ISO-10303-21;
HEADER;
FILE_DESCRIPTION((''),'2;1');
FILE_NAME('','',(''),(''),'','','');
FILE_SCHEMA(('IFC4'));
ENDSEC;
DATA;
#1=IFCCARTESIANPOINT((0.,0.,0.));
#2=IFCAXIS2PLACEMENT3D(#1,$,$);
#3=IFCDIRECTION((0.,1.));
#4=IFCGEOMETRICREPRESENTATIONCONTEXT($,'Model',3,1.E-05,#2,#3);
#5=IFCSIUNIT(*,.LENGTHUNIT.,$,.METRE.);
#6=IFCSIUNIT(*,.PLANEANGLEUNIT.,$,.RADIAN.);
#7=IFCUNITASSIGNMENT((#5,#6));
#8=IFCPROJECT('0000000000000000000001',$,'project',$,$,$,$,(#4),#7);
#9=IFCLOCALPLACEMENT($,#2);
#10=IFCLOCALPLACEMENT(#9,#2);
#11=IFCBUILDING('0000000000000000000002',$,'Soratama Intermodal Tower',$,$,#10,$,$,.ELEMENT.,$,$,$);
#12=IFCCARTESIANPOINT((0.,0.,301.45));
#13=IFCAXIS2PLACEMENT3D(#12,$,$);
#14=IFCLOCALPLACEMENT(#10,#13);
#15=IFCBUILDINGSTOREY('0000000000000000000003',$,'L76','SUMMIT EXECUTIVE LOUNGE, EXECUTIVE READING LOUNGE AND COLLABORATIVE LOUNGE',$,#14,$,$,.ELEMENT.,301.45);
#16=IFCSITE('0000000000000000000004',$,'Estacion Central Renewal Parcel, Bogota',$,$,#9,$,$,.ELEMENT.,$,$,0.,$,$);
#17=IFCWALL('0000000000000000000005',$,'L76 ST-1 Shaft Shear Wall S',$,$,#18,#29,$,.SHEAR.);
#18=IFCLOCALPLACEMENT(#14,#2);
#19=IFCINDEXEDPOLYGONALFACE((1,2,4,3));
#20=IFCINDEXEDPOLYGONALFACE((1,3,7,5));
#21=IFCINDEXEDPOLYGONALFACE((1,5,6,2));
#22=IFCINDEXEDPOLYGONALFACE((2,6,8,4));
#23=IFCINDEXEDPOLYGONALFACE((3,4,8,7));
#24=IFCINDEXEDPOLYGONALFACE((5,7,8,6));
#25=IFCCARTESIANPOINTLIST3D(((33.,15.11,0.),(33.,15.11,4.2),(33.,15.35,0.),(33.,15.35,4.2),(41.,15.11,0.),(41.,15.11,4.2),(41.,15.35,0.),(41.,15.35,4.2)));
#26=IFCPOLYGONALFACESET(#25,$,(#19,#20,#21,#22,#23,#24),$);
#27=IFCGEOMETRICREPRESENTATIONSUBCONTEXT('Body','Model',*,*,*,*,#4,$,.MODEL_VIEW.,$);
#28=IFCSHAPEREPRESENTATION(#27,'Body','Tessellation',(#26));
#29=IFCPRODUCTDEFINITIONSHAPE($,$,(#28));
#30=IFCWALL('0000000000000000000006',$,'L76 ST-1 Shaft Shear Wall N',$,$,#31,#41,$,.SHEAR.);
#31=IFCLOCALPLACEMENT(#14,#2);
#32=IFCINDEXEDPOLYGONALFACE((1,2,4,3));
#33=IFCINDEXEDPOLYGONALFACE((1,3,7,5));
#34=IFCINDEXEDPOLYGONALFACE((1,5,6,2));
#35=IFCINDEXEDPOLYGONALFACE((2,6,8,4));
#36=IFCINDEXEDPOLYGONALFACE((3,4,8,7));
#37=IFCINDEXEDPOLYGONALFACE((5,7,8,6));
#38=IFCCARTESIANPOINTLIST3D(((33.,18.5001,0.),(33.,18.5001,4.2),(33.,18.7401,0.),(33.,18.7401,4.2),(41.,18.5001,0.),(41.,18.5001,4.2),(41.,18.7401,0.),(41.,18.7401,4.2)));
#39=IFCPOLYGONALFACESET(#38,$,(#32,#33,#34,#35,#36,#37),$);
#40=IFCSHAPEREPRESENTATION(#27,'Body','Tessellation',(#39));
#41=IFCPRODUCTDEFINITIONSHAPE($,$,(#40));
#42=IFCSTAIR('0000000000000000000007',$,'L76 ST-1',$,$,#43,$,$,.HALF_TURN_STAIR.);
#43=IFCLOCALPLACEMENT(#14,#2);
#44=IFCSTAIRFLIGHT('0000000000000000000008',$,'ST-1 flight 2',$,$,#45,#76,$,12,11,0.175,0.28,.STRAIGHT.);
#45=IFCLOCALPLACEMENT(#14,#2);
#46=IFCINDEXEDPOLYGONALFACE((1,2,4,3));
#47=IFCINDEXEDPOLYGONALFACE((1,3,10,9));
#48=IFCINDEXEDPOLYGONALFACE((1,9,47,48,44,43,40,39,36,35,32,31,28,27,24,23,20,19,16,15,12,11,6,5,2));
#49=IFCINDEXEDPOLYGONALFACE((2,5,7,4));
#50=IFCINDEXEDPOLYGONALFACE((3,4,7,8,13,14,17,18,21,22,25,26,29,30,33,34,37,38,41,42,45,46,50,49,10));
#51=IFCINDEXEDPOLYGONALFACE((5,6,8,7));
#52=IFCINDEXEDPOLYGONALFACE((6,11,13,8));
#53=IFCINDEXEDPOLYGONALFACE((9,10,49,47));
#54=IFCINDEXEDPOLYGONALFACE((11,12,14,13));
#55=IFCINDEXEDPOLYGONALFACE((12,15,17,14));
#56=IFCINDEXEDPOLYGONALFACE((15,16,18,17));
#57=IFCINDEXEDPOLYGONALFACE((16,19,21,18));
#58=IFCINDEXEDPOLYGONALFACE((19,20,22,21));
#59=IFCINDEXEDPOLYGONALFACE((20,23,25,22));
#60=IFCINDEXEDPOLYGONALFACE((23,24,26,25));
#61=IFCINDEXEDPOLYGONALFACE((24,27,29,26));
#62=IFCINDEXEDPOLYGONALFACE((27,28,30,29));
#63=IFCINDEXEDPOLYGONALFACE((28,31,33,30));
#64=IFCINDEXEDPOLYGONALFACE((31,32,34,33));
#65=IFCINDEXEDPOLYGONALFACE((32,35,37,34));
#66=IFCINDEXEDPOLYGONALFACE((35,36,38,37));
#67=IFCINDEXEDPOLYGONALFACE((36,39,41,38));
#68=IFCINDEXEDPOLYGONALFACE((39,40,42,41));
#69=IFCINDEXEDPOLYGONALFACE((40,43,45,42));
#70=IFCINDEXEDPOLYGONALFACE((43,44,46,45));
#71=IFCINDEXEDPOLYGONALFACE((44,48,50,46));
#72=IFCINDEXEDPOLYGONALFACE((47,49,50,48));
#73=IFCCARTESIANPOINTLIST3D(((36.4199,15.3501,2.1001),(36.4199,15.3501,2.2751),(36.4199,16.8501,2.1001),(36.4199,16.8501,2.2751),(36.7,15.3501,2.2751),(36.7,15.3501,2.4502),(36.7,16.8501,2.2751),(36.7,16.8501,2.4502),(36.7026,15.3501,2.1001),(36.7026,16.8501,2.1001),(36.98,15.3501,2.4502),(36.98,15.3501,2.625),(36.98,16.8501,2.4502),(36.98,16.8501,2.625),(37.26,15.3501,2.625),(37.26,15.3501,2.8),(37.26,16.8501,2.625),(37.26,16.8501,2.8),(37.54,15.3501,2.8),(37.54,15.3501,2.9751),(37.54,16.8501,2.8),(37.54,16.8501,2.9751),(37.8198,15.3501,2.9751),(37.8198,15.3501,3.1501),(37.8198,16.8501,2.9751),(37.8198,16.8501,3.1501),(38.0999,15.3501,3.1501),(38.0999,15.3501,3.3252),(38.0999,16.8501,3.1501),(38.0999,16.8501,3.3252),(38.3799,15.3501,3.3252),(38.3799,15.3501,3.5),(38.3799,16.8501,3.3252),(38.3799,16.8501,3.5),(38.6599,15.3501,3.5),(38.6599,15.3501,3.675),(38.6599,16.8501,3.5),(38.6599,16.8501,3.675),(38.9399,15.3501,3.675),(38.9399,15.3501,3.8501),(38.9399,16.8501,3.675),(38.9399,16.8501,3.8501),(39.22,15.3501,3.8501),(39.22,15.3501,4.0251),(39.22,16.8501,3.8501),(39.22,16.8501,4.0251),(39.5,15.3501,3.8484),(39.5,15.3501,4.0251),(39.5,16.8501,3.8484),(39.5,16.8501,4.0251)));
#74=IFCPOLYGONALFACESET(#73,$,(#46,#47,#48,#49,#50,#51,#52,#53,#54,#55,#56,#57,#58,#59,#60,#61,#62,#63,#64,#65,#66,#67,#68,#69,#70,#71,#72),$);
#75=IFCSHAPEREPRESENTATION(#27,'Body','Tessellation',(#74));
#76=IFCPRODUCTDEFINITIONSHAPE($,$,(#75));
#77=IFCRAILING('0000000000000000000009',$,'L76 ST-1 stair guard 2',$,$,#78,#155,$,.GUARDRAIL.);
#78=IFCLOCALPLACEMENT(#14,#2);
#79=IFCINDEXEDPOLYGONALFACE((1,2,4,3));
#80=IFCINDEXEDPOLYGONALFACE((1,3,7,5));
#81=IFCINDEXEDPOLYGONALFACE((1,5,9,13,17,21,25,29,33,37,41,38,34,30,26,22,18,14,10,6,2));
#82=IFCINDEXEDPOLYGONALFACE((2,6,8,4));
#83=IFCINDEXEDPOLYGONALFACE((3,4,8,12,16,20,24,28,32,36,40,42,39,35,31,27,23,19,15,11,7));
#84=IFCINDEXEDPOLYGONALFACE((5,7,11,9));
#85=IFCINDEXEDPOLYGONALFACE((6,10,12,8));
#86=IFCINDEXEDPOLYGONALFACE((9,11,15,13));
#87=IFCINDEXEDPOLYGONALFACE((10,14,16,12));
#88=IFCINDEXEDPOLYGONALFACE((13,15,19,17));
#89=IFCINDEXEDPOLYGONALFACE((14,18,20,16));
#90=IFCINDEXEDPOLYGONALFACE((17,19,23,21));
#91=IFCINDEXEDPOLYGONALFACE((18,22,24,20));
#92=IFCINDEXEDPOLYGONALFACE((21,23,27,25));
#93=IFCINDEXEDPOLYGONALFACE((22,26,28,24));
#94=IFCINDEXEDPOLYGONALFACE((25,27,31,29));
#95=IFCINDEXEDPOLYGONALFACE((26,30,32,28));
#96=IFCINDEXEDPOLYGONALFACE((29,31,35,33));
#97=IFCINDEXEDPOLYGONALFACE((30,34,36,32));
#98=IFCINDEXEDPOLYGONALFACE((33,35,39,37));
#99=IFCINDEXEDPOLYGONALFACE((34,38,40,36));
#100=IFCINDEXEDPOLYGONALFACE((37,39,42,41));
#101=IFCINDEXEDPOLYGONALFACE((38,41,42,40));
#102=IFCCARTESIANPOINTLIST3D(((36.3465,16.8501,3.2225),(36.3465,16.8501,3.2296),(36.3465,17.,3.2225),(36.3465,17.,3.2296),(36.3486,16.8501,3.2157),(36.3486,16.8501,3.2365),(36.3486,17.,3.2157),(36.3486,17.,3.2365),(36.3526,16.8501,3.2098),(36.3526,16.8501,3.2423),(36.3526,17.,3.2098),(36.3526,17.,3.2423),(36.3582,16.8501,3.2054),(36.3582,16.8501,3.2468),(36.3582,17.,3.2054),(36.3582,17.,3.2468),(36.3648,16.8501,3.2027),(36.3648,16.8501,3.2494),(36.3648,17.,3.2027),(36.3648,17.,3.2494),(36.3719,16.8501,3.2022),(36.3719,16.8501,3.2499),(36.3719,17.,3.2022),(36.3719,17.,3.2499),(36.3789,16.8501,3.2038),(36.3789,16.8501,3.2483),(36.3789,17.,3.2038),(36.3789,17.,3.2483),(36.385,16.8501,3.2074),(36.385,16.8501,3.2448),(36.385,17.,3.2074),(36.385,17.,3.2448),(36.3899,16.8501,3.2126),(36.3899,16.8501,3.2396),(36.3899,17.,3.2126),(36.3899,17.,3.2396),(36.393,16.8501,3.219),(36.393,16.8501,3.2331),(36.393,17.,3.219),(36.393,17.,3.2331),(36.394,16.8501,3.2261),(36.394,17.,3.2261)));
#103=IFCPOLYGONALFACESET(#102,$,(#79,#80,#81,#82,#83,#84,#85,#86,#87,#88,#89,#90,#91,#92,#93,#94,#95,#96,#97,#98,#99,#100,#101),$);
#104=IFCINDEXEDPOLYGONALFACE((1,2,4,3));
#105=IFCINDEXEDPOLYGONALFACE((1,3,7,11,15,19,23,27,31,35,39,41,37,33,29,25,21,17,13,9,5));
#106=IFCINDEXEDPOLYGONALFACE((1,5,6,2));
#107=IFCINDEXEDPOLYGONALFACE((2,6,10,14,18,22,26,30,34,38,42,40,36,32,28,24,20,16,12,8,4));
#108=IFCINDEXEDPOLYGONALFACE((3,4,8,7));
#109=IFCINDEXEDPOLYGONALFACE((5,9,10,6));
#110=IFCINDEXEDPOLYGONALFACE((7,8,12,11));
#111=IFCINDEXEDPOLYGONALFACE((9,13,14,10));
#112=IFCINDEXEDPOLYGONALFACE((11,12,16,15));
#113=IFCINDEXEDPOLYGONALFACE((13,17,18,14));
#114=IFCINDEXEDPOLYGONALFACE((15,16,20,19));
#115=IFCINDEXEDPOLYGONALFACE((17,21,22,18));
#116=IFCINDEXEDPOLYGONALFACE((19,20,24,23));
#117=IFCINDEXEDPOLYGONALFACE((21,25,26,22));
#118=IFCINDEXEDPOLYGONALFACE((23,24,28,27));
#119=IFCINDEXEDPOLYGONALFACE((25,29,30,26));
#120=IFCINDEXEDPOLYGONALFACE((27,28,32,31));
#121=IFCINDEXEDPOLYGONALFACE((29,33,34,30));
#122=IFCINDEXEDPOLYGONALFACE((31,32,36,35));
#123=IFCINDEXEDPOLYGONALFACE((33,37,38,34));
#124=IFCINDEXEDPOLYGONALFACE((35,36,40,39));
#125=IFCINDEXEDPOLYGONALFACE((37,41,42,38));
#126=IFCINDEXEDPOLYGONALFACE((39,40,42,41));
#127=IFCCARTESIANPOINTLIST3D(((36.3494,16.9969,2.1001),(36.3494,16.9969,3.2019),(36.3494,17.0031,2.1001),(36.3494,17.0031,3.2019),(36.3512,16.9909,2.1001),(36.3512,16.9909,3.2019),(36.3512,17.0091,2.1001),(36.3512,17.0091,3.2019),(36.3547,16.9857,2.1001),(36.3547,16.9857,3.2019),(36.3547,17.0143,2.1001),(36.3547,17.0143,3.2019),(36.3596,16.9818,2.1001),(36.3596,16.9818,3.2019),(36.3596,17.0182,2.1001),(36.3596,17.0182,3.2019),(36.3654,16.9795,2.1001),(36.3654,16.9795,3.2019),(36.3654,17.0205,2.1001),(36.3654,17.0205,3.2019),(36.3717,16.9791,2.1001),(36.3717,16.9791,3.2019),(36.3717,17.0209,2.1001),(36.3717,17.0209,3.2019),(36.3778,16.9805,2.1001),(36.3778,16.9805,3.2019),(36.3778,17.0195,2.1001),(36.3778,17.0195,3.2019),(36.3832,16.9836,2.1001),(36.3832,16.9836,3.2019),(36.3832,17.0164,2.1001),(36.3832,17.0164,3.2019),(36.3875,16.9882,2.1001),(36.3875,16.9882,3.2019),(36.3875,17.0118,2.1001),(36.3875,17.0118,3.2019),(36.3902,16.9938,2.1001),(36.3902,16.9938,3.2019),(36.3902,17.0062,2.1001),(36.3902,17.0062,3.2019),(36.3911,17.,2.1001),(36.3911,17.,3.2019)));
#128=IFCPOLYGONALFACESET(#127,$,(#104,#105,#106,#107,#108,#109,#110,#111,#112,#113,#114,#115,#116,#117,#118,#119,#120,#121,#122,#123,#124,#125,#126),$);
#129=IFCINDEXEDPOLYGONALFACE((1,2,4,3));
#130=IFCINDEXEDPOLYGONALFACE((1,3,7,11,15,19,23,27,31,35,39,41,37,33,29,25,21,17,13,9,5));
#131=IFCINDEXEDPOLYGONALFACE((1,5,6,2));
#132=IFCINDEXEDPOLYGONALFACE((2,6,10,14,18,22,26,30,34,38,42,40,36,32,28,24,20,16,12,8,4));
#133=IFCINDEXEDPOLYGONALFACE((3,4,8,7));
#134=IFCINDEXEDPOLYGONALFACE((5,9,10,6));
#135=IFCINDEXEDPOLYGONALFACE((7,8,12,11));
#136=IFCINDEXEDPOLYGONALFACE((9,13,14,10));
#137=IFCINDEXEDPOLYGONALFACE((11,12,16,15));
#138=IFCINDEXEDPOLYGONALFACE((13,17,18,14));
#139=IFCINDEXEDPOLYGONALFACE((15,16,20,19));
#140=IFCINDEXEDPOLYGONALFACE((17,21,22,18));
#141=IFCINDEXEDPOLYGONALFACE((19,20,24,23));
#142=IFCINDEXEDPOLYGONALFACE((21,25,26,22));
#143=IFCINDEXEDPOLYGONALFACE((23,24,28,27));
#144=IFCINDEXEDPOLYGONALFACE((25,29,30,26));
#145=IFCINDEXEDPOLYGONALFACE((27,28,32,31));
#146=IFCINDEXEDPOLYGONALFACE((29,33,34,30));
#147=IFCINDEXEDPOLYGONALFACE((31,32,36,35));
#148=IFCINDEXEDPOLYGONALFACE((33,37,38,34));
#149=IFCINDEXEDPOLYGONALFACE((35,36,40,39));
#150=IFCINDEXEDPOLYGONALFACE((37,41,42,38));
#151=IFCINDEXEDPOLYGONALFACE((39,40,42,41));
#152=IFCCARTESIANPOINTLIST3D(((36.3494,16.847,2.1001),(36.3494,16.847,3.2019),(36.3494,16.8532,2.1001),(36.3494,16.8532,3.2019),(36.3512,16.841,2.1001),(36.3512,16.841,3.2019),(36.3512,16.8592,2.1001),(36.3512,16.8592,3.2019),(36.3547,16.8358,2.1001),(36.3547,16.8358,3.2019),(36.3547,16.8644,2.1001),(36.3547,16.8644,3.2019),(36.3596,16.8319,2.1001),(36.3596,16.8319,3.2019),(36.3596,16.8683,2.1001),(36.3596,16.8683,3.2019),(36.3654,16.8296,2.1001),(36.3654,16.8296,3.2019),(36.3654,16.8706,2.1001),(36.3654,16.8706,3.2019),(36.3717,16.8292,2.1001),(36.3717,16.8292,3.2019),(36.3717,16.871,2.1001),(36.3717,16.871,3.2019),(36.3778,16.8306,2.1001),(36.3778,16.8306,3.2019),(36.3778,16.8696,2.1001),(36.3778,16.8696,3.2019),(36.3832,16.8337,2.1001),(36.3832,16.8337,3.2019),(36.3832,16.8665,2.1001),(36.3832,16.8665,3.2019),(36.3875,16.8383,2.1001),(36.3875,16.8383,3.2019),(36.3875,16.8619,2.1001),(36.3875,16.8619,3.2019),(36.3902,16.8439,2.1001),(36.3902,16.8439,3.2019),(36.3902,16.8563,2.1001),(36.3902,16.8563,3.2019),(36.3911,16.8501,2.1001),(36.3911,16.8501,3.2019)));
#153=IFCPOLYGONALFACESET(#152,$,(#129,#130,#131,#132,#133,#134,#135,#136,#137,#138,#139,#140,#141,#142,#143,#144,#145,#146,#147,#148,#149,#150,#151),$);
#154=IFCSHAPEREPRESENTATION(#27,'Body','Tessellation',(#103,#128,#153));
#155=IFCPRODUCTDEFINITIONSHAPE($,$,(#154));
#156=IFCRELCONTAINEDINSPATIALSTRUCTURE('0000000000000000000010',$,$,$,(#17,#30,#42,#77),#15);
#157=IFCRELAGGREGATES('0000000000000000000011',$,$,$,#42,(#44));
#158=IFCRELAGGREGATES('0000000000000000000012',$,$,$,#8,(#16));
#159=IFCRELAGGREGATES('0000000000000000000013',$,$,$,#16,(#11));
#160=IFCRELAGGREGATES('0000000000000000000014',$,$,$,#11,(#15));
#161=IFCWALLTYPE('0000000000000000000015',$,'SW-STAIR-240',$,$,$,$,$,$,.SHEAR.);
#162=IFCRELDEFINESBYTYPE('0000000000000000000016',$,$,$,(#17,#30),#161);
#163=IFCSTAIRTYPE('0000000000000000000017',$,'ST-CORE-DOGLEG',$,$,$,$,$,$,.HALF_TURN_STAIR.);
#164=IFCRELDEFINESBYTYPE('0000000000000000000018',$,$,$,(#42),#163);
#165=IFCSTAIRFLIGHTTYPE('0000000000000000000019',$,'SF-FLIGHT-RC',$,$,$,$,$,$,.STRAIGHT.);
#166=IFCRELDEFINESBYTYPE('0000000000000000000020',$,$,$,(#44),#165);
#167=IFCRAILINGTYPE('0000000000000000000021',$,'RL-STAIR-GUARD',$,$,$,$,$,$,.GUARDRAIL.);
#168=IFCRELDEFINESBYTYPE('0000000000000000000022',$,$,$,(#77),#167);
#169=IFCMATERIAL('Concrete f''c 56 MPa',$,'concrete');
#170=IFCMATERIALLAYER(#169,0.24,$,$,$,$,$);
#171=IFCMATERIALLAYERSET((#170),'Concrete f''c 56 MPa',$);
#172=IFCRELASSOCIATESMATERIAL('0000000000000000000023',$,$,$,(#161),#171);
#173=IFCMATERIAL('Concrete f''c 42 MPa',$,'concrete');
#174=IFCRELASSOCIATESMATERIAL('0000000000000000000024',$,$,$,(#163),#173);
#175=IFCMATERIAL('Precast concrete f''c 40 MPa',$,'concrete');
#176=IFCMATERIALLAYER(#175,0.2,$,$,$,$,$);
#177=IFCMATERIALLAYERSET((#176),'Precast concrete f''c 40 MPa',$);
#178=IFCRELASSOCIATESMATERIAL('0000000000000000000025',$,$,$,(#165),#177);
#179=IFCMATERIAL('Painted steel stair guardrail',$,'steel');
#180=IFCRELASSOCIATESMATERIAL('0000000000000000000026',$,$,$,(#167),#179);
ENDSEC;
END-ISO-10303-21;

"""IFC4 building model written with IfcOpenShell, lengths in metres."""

from ifc_helpers import new_model, si_unit, direction, frame, frame_2d, origin, origin_2d, place, context, subcontext, project, spatial, polyline, rectangle, circle, outline, extrude, material, layer, layer_set, type_object, element, aggregate, save


model = new_model("IFC4")

# Units and contexts
model_context = context("Model", 3, precision=1e-05, world=origin(), true_north=direction((0.0, 1.0)))
body_context = subcontext(model_context, "Body", "Model", "MODEL_VIEW")
ifc_project = project(units=[si_unit("LENGTHUNIT", "METRE"), si_unit("PLANEANGLEUNIT", "RADIAN")], contexts=[model_context])

# Site, building, storey
site_placement = place(None, origin())
site = spatial("IfcSite", under=ifc_project, at=site_placement, Name="Estacion Central Renewal Parcel, Bogota", CompositionType="ELEMENT", RefElevation=0.0)
building_placement = place(site_placement, origin())
building = spatial("IfcBuilding", under=site, at=building_placement, Name="Soratama Intermodal Tower", CompositionType="ELEMENT")
storey_placement = place(building_placement, frame((0.0, 0.0, 301.45)))
storey = spatial("IfcBuildingStorey", under=building, at=storey_placement, Name="L76", Description="SUMMIT EXECUTIVE LOUNGE, EXECUTIVE READING LOUNGE AND COLLABORATIVE LOUNGE", CompositionType="ELEMENT", Elevation=301.45)

# Walls
ifc_material_1 = material(Name="Concrete f'c 56 MPa", Category="concrete")
ifc_layer_1 = layer(ifc_material_1, 0.24)
ifc_layer_set_1 = layer_set([ifc_layer_1], Name="Concrete f'c 56 MPa")
wall_type_1 = type_object("IfcWallType", Name="SW-STAIR-240", PredefinedType="SHEAR", material=ifc_layer_set_1)
for number, where, z_axis, x_axis, name in (
    (1, (33.0, 15.23, 0.0), (0.0, 0.0, 1.0), (1.0, 0.0, 0.0), "L76 ST-1 Shaft Shear Wall S"),
    (2, (33.0, 18.6201, 0.0), (0.0, 0.0, 1.0), (1.0, 0.0, 0.0), "L76 ST-1 Shaft Shear Wall N"),
):
    element("IfcWall", number, at=place(storey_placement, frame(where, z_axis=z_axis, x_axis=x_axis)), inside=storey, type_object=wall_type_1, Name=name, PredefinedType="SHEAR", context=body_context, shape_type="SweptSolid", body=[
        extrude(rectangle(XDim=8.0, YDim=0.24, at=frame_2d((4.0, 0.0))), origin(), (0.0, 0.0, 1.0), 4.2),
    ])

# Stair, stair flight
ifc_material_2 = material(Name="Concrete f'c 42 MPa", Category="concrete")
stair_type = type_object("IfcStairType", Name="ST-CORE-DOGLEG", PredefinedType="HALF_TURN_STAIR", material=ifc_material_2)
stair_placement = place(storey_placement, origin())
stair = element("IfcStair", 3, at=stair_placement, inside=storey, type_object=stair_type, Name="L76 ST-1", PredefinedType="HALF_TURN_STAIR")
ifc_material_3 = material(Name="Precast concrete f'c 40 MPa", Category="concrete")
ifc_layer_2 = layer(ifc_material_3, 0.2)
ifc_layer_set_2 = layer_set([ifc_layer_2], Name="Precast concrete f'c 40 MPa")
stair_flight_type = type_object("IfcStairFlightType", Name="SF-FLIGHT-RC", PredefinedType="STRAIGHT", material=ifc_layer_set_2)
stair_flight_placement = place(storey_placement, frame((36.4199, 16.1001, 2.1001), z_axis=(0.0, 0.0, 1.0), x_axis=(1.0, 0.0, 0.0)))
stair_flight = element("IfcStairFlight", 4, at=stair_flight_placement, type_object=stair_flight_type, Name="ST-1 flight 2", NumberOfRisers=12, NumberOfTreads=11, PredefinedType="STRAIGHT", RiserHeight=0.175, TreadLength=0.28, context=body_context, shape_type="SweptSolid", body=[
    extrude(outline(polyline([(0.0, 0.0), (0.0, 0.175), (0.28, 0.175), (0.28, 0.3501), (0.5601, 0.3501), (0.5601, 0.5249), (0.8401, 0.5249), (0.8401, 0.7), (1.1201, 0.7), (1.1201, 0.875), (1.3999, 0.875), (1.3999, 1.05), (1.6799, 1.05), (1.6799, 1.2251), (1.96, 1.2251), (1.96, 1.3999), (2.24, 1.3999), (2.24, 1.575), (2.52, 1.575), (2.52, 1.75), (2.8, 1.75), (2.8, 1.925), (3.0801, 1.925), (3.0801, 2.1001), (3.0801, 1.7483), (0.2827, 0.0), (0.0, 0.0)])), frame((0.0, 0.75, 0.0), z_axis=(0.0, -1.0, 0.0), x_axis=(1.0, 0.0, 0.0)), (0.0, 0.0, 1.0), 1.5),
])
aggregate(stair, [stair_flight])

# Railing
ifc_material_4 = material(Name="Painted steel stair guardrail", Category="steel")
railing_type_1 = type_object("IfcRailingType", Name="RL-STAIR-GUARD", PredefinedType="GUARDRAIL", material=ifc_material_4)
railing_1_placement = place(storey_placement, frame((36.3701, 17.0, 2.1001)))
element("IfcRailing", 5, at=railing_1_placement, inside=storey, type_object=railing_type_1, Name="L76 ST-1 stair guard 2", PredefinedType="GUARDRAIL", context=body_context, shape_type="SweptSolid", body=[
    extrude(circle(Radius=0.0239, at=origin_2d()), frame((0.0, 0.0, 1.126), z_axis=(0.0, -1.0, 0.0), x_axis=(1.0, 0.0, 0.0)), (0.0, 0.0, 1.0), 0.1499),
    extrude(circle(Radius=0.021, at=origin_2d()), origin(), (0.0, 0.0, 1.0), 1.1018),
    extrude(circle(Radius=0.021, at=origin_2d()), frame((0.0, -0.1499, 0.0)), (0.0, 0.0, 1.0), 1.1018),
])

save(model, "model.ifc")
